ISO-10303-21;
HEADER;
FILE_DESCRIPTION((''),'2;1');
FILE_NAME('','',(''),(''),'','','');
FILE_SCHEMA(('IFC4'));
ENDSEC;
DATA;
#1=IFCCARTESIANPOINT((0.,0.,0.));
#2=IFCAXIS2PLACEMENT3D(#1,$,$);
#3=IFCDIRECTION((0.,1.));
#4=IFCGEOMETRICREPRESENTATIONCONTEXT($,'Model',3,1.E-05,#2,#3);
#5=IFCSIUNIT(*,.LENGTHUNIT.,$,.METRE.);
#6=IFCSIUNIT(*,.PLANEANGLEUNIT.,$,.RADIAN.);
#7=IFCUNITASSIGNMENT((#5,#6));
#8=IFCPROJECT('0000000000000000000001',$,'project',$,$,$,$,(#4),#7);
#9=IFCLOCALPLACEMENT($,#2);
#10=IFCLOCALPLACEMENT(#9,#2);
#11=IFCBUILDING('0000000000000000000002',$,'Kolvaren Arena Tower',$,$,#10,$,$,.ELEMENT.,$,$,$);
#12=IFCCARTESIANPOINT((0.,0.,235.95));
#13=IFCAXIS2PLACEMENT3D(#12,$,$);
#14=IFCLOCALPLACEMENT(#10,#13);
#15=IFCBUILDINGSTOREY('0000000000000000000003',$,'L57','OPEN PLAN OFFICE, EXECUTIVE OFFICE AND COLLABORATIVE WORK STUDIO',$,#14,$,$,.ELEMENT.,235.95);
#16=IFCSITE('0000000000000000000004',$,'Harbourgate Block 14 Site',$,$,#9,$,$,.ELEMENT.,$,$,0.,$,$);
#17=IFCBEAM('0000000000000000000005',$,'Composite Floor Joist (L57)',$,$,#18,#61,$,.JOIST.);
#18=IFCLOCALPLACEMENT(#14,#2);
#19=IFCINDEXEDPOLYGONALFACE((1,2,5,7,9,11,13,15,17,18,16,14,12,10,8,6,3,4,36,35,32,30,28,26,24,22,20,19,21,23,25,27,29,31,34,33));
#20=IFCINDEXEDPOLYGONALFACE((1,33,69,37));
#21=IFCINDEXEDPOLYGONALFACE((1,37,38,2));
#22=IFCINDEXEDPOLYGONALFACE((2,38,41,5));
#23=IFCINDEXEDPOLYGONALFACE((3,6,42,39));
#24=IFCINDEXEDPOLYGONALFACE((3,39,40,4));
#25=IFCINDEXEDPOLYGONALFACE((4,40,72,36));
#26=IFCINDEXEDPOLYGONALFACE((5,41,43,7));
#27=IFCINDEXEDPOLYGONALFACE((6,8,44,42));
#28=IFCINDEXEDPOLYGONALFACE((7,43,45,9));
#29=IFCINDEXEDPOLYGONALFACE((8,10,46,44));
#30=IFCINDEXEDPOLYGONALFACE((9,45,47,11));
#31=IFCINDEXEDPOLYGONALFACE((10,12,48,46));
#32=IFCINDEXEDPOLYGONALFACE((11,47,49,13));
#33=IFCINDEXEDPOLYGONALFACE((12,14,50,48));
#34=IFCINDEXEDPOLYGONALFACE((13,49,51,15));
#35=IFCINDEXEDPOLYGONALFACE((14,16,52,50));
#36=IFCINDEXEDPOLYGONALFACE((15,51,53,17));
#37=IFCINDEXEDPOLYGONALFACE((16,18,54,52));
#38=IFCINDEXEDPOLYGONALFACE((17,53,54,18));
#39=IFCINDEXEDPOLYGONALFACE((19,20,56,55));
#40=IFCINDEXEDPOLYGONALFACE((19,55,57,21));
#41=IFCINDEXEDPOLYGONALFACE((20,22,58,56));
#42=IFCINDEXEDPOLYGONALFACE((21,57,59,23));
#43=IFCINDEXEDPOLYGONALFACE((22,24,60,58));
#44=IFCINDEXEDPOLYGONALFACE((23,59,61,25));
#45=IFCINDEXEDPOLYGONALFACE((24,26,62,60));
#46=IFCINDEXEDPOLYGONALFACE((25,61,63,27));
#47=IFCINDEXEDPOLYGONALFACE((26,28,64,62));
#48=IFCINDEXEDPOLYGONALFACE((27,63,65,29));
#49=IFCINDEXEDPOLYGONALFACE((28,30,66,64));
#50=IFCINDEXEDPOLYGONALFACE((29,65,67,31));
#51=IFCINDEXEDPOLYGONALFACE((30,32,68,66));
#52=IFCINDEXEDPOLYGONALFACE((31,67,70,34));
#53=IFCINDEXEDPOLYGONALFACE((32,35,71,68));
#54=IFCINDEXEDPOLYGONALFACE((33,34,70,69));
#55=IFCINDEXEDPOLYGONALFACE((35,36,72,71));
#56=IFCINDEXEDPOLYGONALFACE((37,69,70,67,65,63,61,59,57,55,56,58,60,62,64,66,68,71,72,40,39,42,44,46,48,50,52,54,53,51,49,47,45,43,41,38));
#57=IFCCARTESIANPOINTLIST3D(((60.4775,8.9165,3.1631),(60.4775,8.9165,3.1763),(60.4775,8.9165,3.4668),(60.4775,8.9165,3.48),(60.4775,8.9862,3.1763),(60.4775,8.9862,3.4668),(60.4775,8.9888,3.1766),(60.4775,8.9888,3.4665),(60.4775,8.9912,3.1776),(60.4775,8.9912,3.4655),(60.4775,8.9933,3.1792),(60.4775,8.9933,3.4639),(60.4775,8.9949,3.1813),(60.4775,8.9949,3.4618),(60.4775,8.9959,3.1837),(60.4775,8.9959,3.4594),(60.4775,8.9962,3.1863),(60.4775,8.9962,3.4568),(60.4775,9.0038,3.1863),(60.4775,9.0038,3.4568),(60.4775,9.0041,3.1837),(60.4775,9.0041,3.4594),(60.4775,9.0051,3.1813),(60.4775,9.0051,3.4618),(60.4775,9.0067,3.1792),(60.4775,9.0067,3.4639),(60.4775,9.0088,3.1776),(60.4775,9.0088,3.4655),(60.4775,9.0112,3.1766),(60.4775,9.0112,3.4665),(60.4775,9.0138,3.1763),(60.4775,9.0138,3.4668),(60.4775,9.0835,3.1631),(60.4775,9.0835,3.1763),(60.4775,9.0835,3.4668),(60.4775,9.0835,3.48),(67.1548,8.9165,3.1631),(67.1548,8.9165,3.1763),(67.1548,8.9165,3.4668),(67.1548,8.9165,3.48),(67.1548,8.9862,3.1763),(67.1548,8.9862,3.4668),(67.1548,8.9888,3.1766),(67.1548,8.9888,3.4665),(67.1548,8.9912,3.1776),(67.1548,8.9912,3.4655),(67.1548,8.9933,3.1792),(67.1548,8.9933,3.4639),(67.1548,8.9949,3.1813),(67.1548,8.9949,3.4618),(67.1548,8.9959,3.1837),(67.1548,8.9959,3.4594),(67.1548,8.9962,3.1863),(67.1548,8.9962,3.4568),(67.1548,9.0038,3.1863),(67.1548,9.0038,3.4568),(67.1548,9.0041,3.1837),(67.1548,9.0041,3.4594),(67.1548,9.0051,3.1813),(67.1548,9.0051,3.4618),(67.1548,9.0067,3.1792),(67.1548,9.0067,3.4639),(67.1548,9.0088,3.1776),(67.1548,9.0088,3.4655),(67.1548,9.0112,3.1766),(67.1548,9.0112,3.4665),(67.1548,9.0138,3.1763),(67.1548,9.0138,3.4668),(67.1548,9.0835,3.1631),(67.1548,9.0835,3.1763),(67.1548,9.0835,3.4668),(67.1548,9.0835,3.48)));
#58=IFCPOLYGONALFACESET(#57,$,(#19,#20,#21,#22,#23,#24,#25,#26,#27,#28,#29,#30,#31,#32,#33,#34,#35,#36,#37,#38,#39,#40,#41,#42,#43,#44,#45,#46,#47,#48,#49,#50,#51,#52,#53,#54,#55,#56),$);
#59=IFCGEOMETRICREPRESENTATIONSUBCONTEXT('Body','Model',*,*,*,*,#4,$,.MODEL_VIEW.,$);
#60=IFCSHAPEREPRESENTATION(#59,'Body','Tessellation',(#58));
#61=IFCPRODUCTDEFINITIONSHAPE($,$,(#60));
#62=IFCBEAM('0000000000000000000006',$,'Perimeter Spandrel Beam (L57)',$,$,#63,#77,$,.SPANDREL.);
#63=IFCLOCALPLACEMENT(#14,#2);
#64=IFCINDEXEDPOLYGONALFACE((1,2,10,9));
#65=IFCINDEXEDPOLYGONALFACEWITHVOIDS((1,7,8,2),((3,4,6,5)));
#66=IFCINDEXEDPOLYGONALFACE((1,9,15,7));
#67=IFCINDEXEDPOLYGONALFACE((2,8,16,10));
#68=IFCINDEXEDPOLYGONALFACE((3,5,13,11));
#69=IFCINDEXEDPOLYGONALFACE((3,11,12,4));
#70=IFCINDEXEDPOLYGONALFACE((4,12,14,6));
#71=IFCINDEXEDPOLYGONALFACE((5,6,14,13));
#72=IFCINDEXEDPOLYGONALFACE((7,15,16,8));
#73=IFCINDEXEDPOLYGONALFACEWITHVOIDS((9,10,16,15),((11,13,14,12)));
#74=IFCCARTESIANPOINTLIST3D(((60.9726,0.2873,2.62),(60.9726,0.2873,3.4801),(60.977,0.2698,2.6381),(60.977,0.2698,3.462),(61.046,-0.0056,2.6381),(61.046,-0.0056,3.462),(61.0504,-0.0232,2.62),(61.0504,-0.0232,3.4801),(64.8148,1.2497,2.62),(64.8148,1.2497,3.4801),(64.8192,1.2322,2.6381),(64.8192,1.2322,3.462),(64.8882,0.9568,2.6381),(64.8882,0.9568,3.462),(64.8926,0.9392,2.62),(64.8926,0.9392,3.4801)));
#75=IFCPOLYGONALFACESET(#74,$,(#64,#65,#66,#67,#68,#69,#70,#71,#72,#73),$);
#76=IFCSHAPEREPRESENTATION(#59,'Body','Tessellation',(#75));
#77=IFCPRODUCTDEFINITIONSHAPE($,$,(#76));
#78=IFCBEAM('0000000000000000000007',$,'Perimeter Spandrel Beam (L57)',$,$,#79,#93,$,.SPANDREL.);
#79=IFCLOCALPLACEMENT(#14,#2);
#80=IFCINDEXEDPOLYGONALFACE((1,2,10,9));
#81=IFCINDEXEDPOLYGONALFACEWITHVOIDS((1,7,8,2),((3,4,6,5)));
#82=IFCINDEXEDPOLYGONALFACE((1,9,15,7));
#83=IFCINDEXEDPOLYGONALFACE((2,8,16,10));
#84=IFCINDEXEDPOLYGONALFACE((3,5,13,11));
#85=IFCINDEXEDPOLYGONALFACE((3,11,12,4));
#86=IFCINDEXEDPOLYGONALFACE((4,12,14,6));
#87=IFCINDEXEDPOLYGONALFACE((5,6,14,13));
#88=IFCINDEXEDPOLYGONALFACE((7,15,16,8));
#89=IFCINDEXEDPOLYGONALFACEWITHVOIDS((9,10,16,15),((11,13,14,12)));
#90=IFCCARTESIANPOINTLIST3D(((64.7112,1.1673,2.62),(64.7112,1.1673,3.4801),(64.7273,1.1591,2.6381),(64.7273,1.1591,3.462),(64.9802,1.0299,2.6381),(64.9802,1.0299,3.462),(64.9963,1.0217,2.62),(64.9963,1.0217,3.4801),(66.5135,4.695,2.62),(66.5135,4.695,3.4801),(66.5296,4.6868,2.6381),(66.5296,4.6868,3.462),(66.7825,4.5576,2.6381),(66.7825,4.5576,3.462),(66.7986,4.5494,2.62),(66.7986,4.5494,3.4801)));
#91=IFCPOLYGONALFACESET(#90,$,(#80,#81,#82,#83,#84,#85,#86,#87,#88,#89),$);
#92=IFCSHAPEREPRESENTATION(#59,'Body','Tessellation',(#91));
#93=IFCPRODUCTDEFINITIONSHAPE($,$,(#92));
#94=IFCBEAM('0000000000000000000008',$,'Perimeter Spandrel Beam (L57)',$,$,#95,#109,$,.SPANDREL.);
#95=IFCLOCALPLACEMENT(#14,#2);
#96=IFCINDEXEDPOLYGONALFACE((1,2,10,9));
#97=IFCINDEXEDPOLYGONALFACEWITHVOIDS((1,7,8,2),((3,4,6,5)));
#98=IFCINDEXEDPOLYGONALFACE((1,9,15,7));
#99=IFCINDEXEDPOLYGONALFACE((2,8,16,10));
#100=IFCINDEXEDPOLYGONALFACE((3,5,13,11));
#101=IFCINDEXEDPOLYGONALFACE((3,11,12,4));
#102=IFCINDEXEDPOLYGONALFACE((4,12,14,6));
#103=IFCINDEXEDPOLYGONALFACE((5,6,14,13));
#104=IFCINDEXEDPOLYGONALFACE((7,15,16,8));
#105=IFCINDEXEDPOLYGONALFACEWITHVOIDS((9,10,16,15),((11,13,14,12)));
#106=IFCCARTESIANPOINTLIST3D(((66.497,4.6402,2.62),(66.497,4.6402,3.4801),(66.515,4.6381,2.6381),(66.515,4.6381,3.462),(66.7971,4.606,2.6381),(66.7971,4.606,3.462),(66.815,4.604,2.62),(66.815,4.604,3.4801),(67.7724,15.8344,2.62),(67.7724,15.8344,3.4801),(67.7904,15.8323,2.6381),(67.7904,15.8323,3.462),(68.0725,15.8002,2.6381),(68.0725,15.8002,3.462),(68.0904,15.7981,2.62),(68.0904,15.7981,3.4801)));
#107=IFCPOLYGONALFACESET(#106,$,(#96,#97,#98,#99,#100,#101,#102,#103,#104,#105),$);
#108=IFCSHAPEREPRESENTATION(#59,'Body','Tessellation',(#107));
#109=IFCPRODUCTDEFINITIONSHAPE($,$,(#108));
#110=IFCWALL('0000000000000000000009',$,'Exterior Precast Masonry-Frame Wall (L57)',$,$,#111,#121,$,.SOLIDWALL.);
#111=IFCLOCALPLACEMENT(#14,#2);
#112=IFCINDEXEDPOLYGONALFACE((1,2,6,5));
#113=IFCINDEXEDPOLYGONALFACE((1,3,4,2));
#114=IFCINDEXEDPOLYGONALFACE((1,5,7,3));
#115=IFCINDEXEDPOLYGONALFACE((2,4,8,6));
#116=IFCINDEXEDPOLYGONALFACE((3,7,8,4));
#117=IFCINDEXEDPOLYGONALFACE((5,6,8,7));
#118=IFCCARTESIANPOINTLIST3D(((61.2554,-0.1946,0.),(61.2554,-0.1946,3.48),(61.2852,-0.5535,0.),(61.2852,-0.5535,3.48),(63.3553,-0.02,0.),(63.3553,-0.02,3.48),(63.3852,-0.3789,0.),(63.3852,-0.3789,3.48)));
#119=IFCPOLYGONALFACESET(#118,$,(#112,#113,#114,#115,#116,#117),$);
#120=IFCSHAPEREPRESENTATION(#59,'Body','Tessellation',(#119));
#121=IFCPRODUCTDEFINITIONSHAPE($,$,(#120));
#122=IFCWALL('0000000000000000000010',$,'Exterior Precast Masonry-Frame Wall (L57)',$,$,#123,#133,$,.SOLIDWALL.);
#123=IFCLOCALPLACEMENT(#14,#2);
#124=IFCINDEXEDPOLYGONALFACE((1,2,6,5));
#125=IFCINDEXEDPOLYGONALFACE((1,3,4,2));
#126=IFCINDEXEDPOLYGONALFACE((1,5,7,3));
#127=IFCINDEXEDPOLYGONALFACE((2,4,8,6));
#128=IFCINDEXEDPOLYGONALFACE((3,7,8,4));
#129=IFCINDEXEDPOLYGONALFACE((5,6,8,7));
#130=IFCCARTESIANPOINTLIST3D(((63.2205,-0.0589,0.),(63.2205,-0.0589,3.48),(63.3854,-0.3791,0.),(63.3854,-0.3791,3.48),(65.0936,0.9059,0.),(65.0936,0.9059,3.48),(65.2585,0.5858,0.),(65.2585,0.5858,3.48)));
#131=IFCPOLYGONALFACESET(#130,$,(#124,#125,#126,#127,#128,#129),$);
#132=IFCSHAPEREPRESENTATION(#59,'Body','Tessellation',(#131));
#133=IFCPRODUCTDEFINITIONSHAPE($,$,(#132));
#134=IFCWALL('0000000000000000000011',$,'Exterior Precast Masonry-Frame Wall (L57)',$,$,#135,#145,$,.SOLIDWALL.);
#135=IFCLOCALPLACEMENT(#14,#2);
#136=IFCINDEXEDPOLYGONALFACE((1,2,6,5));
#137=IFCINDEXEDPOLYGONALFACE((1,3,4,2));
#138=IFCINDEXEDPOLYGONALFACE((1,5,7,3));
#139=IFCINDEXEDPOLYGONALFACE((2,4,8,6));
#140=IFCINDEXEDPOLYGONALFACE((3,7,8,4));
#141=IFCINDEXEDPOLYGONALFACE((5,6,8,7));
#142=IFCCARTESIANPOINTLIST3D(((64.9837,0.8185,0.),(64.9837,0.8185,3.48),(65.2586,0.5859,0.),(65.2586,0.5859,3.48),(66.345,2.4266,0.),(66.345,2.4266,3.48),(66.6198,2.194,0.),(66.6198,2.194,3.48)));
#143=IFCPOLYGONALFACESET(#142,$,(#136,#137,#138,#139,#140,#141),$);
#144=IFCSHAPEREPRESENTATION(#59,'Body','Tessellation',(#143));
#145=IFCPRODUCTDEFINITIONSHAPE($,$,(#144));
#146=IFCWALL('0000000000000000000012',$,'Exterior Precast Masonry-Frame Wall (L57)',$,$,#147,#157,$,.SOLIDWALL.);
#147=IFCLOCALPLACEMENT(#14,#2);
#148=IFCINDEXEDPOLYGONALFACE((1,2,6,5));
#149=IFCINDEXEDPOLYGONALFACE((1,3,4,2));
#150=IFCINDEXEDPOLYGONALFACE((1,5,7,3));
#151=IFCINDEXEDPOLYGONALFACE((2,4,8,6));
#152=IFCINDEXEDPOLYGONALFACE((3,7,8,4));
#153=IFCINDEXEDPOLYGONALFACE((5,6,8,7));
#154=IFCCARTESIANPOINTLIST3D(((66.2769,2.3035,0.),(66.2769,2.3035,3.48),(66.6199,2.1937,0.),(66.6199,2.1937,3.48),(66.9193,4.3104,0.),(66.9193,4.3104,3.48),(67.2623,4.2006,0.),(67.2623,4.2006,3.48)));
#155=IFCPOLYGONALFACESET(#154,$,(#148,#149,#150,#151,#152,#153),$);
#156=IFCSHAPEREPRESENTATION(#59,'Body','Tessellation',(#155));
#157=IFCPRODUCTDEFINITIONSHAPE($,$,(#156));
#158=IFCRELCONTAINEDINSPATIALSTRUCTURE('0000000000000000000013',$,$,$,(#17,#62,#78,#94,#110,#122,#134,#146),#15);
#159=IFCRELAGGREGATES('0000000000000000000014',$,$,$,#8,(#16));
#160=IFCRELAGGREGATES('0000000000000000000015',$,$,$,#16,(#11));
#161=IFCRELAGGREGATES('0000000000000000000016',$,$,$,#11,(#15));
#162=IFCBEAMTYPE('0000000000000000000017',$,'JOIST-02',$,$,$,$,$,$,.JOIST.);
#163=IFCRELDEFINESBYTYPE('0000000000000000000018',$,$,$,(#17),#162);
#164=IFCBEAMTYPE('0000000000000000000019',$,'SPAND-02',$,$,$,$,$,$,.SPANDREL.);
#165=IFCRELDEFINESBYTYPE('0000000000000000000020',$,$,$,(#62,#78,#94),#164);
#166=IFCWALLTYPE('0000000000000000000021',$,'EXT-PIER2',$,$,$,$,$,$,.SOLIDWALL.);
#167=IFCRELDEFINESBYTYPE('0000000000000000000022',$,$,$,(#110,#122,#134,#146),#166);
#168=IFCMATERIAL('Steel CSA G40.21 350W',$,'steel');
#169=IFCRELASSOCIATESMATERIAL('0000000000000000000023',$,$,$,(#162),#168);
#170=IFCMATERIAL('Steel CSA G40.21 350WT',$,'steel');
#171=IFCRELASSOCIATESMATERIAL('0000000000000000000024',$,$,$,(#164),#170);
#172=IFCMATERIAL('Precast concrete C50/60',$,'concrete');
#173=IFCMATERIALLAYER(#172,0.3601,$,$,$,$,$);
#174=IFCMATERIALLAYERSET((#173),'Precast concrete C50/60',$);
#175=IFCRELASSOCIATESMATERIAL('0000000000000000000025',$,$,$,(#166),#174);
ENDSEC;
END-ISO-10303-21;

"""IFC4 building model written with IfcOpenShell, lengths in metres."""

from ifc_helpers import new_model, si_unit, direction, frame, frame_2d, origin, origin_2d, place, context, subcontext, project, spatial, rectangle, hollow_rectangle, i_section, extrude, material, layer, layer_set, material_profile, profile_set, type_object, element, save


model = new_model("IFC4")

# Units and contexts
model_context = context("Model", 3, precision=1e-05, world=origin(), true_north=direction((0.0, 1.0)))
body_context = subcontext(model_context, "Body", "Model", "MODEL_VIEW")
ifc_project = project(units=[si_unit("LENGTHUNIT", "METRE"), si_unit("PLANEANGLEUNIT", "RADIAN")], contexts=[model_context])

# Site, building, storey
site_placement = place(None, origin())
site = spatial("IfcSite", under=ifc_project, at=site_placement, Name="Harbourgate Block 14 Site", CompositionType="ELEMENT", RefElevation=0.0)
building_placement = place(site_placement, origin())
building = spatial("IfcBuilding", under=site, at=building_placement, Name="Kolvaren Arena Tower", CompositionType="ELEMENT")
storey_placement = place(building_placement, frame((0.0, 0.0, 235.95)))
storey = spatial("IfcBuildingStorey", under=building, at=storey_placement, Name="L57", Description="OPEN PLAN OFFICE, EXECUTIVE OFFICE AND COLLABORATIVE WORK STUDIO", CompositionType="ELEMENT", Elevation=235.95)

# Beams
ifc_material_1 = material(Name="Steel CSA G40.21 350W", Category="steel")
ifc_material_profile_1 = material_profile(ifc_material_1, i_section(OverallWidth=0.167, OverallDepth=0.3169, WebThickness=0.0076, FlangeThickness=0.0132, FilletRadius=0.01, at=origin_2d()), Name="W310x52")
ifc_profile_set_1 = profile_set([ifc_material_profile_1], Name="Steel CSA G40.21 350W")
beam_type_1 = type_object("IfcBeamType", Name="JOIST-02", PredefinedType="JOIST", material=ifc_profile_set_1)
beam_1_placement = place(storey_placement, frame((60.4775, 9.0, 3.3215), z_axis=(1.0, 0.0, 0.0), x_axis=(0.0, 1.0, 0.0)))
element("IfcBeam", 1, at=beam_1_placement, inside=storey, type_object=beam_type_1, Name="Composite Floor Joist (L57)", PredefinedType="JOIST", context=body_context, shape_type="SweptSolid", body=[
    extrude(i_section(OverallWidth=0.167, OverallDepth=0.3169, WebThickness=0.0076, FlangeThickness=0.0132, FilletRadius=0.01, at=origin_2d()), origin(), (0.0, 0.0, 1.0), 6.6772),
])
ifc_material_2 = material(Name="Steel CSA G40.21 350WT", Category="steel")
ifc_material_profile_2 = material_profile(ifc_material_2, hollow_rectangle(XDim=0.3201, YDim=0.8601, WallThickness=0.0181, at=origin_2d()), Name="HSS 860x320x18")
ifc_profile_set_2 = profile_set([ifc_material_profile_2], Name="Steel CSA G40.21 350WT")
beam_type_2 = type_object("IfcBeamType", Name="SPAND-02", PredefinedType="SPANDREL", material=ifc_profile_set_2)
beam_2_placement = place(storey_placement, frame((61.0115, 0.1321, 3.05), z_axis=(0.970034, 0.242971, 0.0), x_axis=(-0.242971, 0.970034, 0.0)))
element("IfcBeam", 2, at=beam_2_placement, inside=storey, type_object=beam_type_2, Name="Perimeter Spandrel Beam (L57)", PredefinedType="SPANDREL", context=body_context, shape_type="SweptSolid", body=[
    extrude(hollow_rectangle(XDim=0.3201, YDim=0.8601, WallThickness=0.0181, at=origin_2d()), origin(), (0.0, 0.0, 1.0), 3.9609),
])
beam_3_placement = place(storey_placement, frame((64.8538, 1.0945, 3.05), z_axis=(0.454962, 0.890511, 0.0), x_axis=(-0.890511, 0.454962, 0.0)))
element("IfcBeam", 3, at=beam_3_placement, inside=storey, type_object=beam_type_2, Name="Perimeter Spandrel Beam (L57)", PredefinedType="SPANDREL", context=body_context, shape_type="SweptSolid", body=[
    extrude(hollow_rectangle(XDim=0.3201, YDim=0.8601, WallThickness=0.0181, at=origin_2d()), origin(), (0.0, 0.0, 1.0), 3.9614),
])
beam_4_placement = place(storey_placement, frame((66.656, 4.6221, 3.05), z_axis=(0.113202, 0.993572, 0.0), x_axis=(-0.993572, 0.113202, 0.0)))
element("IfcBeam", 4, at=beam_4_placement, inside=storey, type_object=beam_type_2, Name="Perimeter Spandrel Beam (L57)", PredefinedType="SPANDREL", context=body_context, shape_type="SweptSolid", body=[
    extrude(hollow_rectangle(XDim=0.3201, YDim=0.8601, WallThickness=0.0181, at=origin_2d()), origin(), (0.0, 0.0, 1.0), 11.2666),
])

# Walls
ifc_material_3 = material(Name="Precast concrete C50/60", Category="concrete")
ifc_layer_1 = layer(ifc_material_3, 0.3601)
ifc_layer_set_1 = layer_set([ifc_layer_1], Name="Precast concrete C50/60")
wall_type_1 = type_object("IfcWallType", Name="EXT-PIER2", PredefinedType="SOLIDWALL", material=ifc_layer_set_1)
wall_1_placement = place(storey_placement, frame((63.3704, -0.1995, 0.0), z_axis=(0.0, 0.0, 1.0), x_axis=(-0.996563, -0.082844, 0.0)))
element("IfcWall", 5, at=wall_1_placement, inside=storey, type_object=wall_type_1, Name="Exterior Precast Masonry-Frame Wall (L57)", PredefinedType="SOLIDWALL", context=body_context, shape_type="SweptSolid", body=[
    extrude(rectangle(XDim=2.1072, YDim=0.3601, at=frame_2d((1.0537, 0.0))), origin(), (0.0, 0.0, 1.0), 3.48),
])
for number, where, z_axis, x_axis, name in (
    (6, (65.176, 0.7458, 0.0), (0.0, 0.0, 1.0), (-0.888986, -0.457934, 0.0), "Exterior Precast Masonry-Frame Wall (L57)"),
    (7, (66.4824, 2.3103, 0.0), (0.0, 0.0, 1.0), (-0.646103, -0.76325, 0.0), "Exterior Precast Masonry-Frame Wall (L57)"),
):
    element("IfcWall", number, at=place(storey_placement, frame(where, z_axis=z_axis, x_axis=x_axis)), inside=storey, type_object=wall_type_1, Name=name, PredefinedType="SOLIDWALL", context=body_context, shape_type="SweptSolid", body=[
        extrude(rectangle(XDim=2.1069, YDim=0.3601, at=frame_2d((1.0535, 0.0))), origin(), (0.0, 0.0, 1.0), 3.48),
    ])
wall_2_placement = place(storey_placement, frame((67.0908, 4.2556, 0.0), z_axis=(0.0, 0.0, 1.0), x_axis=(-0.304839, -0.952404, 0.0)))
element("IfcWall", 8, at=wall_2_placement, inside=storey, type_object=wall_type_1, Name="Exterior Precast Masonry-Frame Wall (L57)", PredefinedType="SOLIDWALL", context=body_context, shape_type="SweptSolid", body=[
    extrude(rectangle(XDim=2.1072, YDim=0.3601, at=frame_2d((1.0537, 0.0))), origin(), (0.0, 0.0, 1.0), 3.48),
])

save(model, "model.ifc")
